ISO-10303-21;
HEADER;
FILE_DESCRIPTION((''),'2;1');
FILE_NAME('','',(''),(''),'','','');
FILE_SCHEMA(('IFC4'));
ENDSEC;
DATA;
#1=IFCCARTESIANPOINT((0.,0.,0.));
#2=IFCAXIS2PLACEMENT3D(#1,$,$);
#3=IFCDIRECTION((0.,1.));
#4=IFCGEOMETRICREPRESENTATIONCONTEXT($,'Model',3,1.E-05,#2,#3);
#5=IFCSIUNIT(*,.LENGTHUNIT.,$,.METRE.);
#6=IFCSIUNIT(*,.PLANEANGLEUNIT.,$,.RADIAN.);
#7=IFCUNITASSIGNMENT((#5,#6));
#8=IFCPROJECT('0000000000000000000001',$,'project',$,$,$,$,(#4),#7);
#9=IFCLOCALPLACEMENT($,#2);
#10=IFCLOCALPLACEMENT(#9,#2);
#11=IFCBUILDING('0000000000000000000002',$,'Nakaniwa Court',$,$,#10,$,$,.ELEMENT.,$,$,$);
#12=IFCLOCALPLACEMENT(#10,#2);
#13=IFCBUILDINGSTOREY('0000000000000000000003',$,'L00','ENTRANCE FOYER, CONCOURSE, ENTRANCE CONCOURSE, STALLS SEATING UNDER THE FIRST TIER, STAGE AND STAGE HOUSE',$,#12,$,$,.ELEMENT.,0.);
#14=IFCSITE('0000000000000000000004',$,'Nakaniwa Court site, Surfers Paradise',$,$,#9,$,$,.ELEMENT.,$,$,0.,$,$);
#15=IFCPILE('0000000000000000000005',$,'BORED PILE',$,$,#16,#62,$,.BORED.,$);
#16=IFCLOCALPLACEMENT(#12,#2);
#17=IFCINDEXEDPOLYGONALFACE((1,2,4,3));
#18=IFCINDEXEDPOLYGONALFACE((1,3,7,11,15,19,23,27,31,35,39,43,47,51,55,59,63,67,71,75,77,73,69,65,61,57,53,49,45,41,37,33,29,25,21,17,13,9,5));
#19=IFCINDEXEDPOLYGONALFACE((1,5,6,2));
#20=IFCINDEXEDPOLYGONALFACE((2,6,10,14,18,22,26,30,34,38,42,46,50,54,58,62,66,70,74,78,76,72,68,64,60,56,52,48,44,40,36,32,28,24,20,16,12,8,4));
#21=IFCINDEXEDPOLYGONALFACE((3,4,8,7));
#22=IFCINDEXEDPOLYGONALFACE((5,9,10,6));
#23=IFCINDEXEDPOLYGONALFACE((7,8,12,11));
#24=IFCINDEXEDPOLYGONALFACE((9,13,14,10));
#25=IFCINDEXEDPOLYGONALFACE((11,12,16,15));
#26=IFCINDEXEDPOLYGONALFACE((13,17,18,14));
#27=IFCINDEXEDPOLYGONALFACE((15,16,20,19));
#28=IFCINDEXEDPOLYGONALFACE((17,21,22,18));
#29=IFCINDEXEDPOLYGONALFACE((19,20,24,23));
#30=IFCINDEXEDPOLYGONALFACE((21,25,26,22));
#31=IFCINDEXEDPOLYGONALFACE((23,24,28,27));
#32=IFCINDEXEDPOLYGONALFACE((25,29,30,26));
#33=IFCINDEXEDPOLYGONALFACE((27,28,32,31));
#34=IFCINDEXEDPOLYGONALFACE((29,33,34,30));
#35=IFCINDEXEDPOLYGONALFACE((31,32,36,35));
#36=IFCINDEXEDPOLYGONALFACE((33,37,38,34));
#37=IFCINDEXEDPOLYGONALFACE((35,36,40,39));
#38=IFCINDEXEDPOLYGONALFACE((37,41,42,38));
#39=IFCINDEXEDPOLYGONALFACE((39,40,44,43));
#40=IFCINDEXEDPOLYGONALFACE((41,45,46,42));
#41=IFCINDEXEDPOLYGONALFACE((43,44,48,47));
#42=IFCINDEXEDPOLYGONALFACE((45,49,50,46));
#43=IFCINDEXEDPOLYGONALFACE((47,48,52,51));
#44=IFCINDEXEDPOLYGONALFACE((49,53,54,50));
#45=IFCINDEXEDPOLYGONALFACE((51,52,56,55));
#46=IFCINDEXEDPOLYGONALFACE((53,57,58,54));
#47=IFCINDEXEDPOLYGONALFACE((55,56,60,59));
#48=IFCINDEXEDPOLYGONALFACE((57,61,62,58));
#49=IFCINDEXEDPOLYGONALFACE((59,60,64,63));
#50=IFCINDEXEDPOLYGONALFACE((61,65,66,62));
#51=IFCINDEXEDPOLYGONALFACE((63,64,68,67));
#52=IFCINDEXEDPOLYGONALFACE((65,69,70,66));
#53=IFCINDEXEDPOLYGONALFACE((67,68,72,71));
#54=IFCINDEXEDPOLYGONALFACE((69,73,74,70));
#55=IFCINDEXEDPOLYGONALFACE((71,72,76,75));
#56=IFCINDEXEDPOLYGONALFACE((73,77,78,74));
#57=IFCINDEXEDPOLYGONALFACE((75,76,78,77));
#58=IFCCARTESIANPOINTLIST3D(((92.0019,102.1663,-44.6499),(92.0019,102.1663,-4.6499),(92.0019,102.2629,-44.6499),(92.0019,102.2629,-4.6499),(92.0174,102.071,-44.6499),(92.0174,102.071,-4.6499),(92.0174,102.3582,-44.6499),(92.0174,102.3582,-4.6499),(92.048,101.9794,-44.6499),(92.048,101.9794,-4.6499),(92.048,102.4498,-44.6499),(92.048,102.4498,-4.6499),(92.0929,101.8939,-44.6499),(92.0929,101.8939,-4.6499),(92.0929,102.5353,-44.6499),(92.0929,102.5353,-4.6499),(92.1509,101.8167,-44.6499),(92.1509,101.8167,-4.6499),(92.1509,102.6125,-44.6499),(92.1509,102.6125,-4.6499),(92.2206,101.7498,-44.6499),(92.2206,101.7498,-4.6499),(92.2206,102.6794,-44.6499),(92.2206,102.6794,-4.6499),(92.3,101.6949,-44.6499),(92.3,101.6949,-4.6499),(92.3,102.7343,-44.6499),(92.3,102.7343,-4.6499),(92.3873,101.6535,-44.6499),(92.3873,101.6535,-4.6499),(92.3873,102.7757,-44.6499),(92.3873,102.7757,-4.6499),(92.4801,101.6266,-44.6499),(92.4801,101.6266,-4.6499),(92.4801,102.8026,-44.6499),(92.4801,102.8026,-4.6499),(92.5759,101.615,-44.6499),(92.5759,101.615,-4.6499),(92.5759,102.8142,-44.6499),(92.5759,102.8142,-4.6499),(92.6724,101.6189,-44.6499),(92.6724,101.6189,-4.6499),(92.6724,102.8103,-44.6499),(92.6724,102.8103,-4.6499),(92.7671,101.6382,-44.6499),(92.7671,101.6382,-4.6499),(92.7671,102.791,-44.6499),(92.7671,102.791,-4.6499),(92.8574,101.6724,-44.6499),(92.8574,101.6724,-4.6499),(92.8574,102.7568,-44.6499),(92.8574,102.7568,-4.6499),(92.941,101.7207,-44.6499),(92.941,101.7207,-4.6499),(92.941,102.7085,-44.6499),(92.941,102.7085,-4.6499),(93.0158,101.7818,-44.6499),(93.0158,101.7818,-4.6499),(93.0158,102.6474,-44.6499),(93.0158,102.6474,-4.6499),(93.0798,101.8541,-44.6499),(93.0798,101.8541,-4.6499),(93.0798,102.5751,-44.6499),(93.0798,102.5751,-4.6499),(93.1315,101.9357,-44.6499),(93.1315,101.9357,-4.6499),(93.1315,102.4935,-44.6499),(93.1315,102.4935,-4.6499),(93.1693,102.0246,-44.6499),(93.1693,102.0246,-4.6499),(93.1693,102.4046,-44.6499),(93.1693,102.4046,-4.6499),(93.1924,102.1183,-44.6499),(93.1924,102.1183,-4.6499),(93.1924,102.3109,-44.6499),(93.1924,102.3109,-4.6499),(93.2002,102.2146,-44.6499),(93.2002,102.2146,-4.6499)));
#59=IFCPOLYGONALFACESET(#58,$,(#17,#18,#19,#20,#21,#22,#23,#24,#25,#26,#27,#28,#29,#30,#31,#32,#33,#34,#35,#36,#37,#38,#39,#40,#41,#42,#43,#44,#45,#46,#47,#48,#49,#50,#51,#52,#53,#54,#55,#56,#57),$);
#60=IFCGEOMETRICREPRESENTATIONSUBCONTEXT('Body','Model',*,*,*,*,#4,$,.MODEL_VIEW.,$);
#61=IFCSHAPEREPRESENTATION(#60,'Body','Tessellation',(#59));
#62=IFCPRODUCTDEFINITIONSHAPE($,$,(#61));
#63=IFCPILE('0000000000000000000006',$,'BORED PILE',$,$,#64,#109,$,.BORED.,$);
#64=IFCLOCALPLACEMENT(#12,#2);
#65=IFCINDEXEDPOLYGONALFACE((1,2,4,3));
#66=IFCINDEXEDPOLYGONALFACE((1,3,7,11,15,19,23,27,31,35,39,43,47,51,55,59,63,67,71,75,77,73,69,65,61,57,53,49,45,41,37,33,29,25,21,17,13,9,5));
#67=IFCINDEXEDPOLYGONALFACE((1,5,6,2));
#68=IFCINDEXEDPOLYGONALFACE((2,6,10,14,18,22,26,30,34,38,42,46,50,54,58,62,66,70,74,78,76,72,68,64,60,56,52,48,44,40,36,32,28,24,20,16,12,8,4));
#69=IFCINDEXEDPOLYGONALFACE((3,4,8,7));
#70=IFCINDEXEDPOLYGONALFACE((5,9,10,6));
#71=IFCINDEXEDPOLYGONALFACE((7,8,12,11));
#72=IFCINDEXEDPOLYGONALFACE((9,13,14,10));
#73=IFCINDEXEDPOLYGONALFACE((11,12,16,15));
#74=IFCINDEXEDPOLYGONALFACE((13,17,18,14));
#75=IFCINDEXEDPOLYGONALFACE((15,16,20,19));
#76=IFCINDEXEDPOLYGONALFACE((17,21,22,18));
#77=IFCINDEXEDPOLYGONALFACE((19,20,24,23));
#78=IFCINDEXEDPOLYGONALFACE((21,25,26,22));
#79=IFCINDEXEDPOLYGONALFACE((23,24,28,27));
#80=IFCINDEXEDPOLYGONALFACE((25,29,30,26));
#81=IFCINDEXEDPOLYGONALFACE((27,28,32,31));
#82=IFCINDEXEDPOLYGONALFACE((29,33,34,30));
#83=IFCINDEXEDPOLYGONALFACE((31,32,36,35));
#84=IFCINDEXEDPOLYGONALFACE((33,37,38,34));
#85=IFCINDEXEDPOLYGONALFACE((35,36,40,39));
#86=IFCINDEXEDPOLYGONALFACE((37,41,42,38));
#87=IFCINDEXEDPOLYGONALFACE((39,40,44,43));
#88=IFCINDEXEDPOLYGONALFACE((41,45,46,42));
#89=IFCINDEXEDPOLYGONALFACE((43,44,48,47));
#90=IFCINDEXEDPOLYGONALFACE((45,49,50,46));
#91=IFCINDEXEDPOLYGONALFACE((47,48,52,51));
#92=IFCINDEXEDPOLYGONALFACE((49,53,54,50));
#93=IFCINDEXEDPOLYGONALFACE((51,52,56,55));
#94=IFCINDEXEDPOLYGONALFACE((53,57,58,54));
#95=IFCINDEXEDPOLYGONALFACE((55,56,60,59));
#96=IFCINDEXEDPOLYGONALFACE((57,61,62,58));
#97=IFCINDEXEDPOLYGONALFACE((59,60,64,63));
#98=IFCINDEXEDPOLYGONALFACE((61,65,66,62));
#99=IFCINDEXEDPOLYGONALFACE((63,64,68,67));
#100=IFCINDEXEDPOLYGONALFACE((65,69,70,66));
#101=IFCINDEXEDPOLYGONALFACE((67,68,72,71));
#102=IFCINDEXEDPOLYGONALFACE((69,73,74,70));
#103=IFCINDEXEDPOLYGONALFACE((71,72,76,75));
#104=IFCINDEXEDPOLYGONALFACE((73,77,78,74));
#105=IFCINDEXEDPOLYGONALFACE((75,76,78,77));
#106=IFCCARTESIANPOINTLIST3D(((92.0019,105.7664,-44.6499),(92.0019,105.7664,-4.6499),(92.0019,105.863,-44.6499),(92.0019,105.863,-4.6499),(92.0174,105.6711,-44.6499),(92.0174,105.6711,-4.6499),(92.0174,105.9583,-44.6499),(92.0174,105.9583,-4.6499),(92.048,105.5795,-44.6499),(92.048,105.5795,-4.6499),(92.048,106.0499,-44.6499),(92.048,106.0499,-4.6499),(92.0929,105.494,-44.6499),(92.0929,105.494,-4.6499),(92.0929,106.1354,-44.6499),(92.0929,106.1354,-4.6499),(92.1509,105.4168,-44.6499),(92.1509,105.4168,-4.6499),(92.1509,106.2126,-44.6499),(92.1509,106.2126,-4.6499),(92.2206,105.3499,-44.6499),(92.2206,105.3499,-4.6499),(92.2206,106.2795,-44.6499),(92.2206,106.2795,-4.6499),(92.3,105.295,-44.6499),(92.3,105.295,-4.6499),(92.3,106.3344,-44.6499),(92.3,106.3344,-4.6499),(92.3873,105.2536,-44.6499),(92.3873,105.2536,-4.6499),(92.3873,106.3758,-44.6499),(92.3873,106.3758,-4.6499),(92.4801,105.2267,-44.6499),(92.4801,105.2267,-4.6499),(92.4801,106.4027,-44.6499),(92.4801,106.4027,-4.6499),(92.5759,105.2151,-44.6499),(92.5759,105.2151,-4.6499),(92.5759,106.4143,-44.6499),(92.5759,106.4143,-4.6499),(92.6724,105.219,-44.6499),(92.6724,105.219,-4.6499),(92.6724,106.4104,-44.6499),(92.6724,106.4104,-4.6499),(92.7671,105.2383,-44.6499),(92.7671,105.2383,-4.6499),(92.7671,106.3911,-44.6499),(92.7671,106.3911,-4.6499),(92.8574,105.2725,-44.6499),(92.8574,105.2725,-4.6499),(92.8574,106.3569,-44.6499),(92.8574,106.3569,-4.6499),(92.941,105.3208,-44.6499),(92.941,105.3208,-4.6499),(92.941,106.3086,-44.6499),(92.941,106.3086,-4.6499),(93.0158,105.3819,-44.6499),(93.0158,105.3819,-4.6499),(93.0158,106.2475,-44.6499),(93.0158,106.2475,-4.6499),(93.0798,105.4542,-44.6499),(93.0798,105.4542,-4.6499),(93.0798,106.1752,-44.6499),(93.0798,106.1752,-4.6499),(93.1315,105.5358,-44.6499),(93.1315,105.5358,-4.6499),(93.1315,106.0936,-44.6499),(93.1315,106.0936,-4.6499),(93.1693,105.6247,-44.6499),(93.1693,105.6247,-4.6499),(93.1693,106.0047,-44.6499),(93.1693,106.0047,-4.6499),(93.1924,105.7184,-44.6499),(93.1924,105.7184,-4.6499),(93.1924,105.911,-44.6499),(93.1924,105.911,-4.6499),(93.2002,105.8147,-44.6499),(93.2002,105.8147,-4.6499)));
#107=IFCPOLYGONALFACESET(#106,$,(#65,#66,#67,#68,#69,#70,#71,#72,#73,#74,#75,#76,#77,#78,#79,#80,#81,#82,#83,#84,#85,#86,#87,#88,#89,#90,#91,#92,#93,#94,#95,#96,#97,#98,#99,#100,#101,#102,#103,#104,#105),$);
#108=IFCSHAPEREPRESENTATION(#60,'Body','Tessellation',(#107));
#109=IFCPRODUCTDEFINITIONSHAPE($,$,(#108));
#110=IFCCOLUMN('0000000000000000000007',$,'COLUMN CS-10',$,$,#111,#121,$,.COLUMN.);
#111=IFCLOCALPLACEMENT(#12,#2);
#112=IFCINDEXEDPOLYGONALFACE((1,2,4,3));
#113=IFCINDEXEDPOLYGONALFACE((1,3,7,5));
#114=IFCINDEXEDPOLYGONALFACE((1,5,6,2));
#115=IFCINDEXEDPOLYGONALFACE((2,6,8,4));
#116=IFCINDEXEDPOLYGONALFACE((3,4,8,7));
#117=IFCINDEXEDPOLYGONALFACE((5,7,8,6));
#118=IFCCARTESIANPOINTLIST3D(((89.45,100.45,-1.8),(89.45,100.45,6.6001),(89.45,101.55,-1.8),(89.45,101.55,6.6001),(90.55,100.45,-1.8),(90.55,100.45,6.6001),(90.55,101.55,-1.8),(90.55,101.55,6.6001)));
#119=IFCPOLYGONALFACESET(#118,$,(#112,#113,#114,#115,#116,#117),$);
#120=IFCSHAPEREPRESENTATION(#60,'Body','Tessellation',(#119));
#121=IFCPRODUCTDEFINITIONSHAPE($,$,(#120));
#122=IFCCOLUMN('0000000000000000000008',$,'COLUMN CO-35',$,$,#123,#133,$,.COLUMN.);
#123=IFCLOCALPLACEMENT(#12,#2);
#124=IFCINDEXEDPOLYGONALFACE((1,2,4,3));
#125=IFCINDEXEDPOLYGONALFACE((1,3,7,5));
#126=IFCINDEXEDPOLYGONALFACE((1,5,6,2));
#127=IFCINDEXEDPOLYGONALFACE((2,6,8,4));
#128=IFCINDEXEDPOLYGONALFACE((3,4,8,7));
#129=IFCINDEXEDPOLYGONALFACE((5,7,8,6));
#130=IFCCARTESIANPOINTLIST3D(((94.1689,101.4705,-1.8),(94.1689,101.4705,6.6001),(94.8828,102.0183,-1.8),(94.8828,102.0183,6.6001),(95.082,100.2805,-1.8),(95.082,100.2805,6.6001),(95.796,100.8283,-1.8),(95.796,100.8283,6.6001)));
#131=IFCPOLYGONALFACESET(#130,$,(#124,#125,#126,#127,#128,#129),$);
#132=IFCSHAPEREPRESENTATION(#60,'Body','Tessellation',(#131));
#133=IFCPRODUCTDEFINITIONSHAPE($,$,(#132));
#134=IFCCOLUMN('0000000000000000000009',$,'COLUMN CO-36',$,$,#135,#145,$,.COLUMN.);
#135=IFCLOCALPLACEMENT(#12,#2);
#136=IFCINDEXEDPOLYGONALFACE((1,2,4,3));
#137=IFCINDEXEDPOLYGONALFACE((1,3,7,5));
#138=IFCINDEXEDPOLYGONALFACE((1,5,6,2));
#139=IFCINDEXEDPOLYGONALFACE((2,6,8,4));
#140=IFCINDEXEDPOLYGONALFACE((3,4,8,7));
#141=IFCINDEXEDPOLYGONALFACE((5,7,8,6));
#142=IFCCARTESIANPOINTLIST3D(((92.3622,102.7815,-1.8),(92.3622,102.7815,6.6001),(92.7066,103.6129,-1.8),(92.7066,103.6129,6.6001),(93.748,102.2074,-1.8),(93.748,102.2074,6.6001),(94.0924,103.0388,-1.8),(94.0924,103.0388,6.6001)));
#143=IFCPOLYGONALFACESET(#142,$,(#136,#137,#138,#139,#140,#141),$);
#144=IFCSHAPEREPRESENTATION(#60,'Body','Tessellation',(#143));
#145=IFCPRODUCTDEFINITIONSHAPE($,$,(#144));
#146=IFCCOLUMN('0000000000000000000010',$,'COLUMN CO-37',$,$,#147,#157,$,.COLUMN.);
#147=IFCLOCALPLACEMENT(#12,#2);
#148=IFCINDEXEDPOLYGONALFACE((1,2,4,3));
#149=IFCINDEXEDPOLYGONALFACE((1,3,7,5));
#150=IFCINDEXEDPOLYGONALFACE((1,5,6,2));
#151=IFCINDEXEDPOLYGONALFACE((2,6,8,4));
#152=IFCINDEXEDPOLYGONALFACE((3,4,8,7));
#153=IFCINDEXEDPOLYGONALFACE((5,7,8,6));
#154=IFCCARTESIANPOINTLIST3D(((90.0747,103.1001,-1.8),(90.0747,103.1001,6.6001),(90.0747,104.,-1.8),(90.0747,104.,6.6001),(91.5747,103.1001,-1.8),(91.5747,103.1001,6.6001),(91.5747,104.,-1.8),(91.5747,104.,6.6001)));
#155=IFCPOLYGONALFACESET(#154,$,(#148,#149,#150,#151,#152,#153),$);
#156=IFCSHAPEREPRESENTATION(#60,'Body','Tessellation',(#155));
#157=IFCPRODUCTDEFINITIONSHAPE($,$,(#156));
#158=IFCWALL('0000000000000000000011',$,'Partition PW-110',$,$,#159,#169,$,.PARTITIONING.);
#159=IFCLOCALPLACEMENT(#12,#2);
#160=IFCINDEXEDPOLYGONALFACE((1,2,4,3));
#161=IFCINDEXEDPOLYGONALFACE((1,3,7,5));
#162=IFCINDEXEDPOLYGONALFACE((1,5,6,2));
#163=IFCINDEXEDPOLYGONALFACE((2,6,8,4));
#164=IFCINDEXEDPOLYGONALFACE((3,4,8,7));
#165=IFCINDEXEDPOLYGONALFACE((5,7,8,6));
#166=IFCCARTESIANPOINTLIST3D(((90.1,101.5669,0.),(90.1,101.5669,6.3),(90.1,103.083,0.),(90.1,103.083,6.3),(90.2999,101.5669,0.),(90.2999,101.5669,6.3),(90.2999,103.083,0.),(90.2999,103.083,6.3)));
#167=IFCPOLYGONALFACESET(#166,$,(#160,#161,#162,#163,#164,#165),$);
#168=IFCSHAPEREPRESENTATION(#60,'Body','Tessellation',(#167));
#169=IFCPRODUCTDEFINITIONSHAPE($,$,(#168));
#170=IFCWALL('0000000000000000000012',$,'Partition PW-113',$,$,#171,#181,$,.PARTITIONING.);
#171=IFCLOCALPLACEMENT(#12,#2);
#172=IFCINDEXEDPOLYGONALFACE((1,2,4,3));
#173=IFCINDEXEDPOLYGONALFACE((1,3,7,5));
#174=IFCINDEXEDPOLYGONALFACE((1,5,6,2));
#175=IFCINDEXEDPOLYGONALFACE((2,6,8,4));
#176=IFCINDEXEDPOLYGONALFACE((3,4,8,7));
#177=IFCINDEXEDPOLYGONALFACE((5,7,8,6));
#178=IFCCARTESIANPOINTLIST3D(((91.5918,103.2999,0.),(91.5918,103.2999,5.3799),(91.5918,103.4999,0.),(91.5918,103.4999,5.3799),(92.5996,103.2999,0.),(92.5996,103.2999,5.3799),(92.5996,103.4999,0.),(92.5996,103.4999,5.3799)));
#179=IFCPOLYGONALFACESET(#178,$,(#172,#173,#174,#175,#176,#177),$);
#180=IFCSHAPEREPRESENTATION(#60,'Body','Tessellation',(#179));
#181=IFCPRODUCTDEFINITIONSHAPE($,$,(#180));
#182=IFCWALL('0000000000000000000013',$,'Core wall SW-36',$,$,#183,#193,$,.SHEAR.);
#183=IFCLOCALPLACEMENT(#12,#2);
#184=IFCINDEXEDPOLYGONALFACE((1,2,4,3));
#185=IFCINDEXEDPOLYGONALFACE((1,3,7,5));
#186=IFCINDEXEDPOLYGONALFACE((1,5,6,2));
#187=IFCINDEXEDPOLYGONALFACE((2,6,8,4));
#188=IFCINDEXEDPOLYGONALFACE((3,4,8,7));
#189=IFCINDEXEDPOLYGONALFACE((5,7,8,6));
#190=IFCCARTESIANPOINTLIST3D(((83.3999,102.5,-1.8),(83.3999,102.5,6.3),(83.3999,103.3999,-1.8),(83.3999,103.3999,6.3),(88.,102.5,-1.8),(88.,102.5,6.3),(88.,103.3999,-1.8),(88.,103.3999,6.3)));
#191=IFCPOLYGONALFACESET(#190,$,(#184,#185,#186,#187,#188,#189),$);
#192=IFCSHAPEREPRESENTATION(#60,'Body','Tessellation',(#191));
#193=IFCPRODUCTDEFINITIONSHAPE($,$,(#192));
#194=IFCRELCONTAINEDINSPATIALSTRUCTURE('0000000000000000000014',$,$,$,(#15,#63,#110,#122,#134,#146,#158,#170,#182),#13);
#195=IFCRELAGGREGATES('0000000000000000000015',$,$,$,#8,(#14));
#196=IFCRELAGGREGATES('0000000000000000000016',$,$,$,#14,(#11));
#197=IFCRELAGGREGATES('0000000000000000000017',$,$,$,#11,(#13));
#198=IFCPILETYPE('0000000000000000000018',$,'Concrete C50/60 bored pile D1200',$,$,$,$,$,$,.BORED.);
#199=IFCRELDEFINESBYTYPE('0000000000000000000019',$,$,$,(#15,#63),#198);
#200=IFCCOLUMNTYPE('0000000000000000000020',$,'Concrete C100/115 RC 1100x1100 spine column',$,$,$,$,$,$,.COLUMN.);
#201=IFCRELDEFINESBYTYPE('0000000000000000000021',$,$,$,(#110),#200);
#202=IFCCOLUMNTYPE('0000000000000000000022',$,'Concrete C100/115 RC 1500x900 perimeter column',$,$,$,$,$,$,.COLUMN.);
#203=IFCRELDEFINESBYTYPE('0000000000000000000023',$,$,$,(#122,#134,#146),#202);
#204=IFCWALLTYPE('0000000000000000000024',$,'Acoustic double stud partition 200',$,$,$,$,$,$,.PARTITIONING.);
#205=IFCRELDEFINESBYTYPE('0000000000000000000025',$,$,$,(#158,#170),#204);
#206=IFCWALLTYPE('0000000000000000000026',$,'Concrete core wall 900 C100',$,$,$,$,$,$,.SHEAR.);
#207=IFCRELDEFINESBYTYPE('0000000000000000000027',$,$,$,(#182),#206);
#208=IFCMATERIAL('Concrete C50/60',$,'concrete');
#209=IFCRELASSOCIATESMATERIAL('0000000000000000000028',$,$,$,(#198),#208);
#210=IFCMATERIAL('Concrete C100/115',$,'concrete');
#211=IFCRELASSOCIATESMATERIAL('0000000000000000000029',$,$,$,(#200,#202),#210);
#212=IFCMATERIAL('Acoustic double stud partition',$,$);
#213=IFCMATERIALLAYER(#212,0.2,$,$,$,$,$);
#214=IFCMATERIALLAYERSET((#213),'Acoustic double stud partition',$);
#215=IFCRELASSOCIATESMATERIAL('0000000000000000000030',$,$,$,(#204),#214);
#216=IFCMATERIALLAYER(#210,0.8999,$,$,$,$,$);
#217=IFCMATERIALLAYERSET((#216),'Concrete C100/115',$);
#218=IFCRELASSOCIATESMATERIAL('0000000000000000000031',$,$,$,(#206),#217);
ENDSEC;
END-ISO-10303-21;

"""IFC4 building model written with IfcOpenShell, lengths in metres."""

from ifc_helpers import new_model, si_unit, direction, frame, frame_2d, origin, origin_2d, place, context, subcontext, project, spatial, rectangle, circle, extrude, material, layer, layer_set, material_profile, profile_set, type_object, element, save


model = new_model("IFC4")

# Units and contexts
model_context = context("Model", 3, precision=1e-05, world=origin(), true_north=direction((0.0, 1.0)))
body_context = subcontext(model_context, "Body", "Model", "MODEL_VIEW")
ifc_project = project(units=[si_unit("LENGTHUNIT", "METRE"), si_unit("PLANEANGLEUNIT", "RADIAN")], contexts=[model_context])

# Site, building, storey
site_placement = place(None, origin())
site = spatial("IfcSite", under=ifc_project, at=site_placement, Name="Nakaniwa Court site, Surfers Paradise", CompositionType="ELEMENT", RefElevation=0.0)
building_placement = place(site_placement, origin())
building = spatial("IfcBuilding", under=site, at=building_placement, Name="Nakaniwa Court", CompositionType="ELEMENT")
storey_placement = place(building_placement, origin())
storey = spatial("IfcBuildingStorey", under=building, at=storey_placement, Name="L00", Description="ENTRANCE FOYER, CONCOURSE, ENTRANCE CONCOURSE, STALLS SEATING UNDER THE FIRST TIER, STAGE AND STAGE HOUSE", CompositionType="ELEMENT", Elevation=0.0)

# Piles
ifc_material_1 = material(Name="Concrete C50/60", Category="concrete")
ifc_material_profile_1 = material_profile(ifc_material_1, circle(Radius=0.6001, at=origin_2d()), Name="Concrete C50/60 bored pile D1200")
ifc_profile_set_1 = profile_set([ifc_material_profile_1], Name="Concrete C50/60")
pile_type = type_object("IfcPileType", Name="Concrete C50/60 bored pile D1200", PredefinedType="BORED", material=ifc_profile_set_1)
for number, where, z_axis, x_axis, name in (
    (1, (92.6001, 102.2146, -4.6499), (0.0, 0.0, -1.0), (1.0, 0.0, 0.0), "BORED PILE"),
    (2, (92.6001, 105.8147, -4.6499), (0.0, 0.0, -1.0), (1.0, 0.0, 0.0), "BORED PILE"),
):
    element("IfcPile", number, at=place(storey_placement, frame(where, z_axis=z_axis, x_axis=x_axis)), inside=storey, type_object=pile_type, Name=name, PredefinedType="BORED", context=body_context, shape_type="SweptSolid", body=[
        extrude(circle(Radius=0.6001, at=origin_2d()), origin(), (0.0, 0.0, 1.0), 40.0),
    ])

# Columns
ifc_material_2 = material(Name="Concrete C100/115", Category="concrete")
ifc_material_profile_2 = material_profile(ifc_material_2, rectangle(XDim=1.1001, YDim=1.1001, at=origin_2d()), Name="Concrete C100/115 RC 1100x1100 spine column")
ifc_profile_set_2 = profile_set([ifc_material_profile_2], Name="Concrete C100/115")
column_type_1 = type_object("IfcColumnType", Name="Concrete C100/115 RC 1100x1100 spine column", PredefinedType="COLUMN", material=ifc_profile_set_2)
column_placement = place(storey_placement, frame((90.0, 101.0, -1.8), z_axis=(0.0, 0.0, 1.0), x_axis=(0.0, 1.0, 0.0)))
element("IfcColumn", 3, at=column_placement, inside=storey, type_object=column_type_1, Name="COLUMN CS-10", PredefinedType="COLUMN", context=body_context, shape_type="SweptSolid", body=[
    extrude(rectangle(XDim=1.1001, YDim=1.1001, at=origin_2d()), origin(), (0.0, 0.0, 1.0), 8.4001),
])
ifc_material_profile_3 = material_profile(ifc_material_2, rectangle(XDim=1.5, YDim=0.8999, at=origin_2d()), Name="Concrete C100/115 RC 1500x900 perimeter column")
ifc_profile_set_3 = profile_set([ifc_material_profile_3], Name="Concrete C100/115")
column_type_2 = type_object("IfcColumnType", Name="Concrete C100/115 RC 1500x900 perimeter column", PredefinedType="COLUMN", material=ifc_profile_set_3)
for number, where, z_axis, x_axis, name in (
    (4, (94.9824, 101.1494, -1.8), (0.0, 0.0, 1.0), (-0.608761, 0.793353, 0.0), "COLUMN CO-35"),
    (5, (93.2273, 102.9102, -1.8), (0.0, 0.0, 1.0), (-0.92388, 0.382683, 0.0), "COLUMN CO-36"),
    (6, (90.8247, 103.55, -1.8), (0.0, 0.0, 1.0), (-1.0, 0.0, 0.0), "COLUMN CO-37"),
):
    element("IfcColumn", number, at=place(storey_placement, frame(where, z_axis=z_axis, x_axis=x_axis)), inside=storey, type_object=column_type_2, Name=name, PredefinedType="COLUMN", context=body_context, shape_type="SweptSolid", body=[
        extrude(rectangle(XDim=1.5, YDim=0.8999, at=origin_2d()), origin(), (0.0, 0.0, 1.0), 8.4001),
    ])

# Walls
ifc_material_3 = material(Name="Acoustic double stud partition")
ifc_layer_1 = layer(ifc_material_3, 0.2)
ifc_layer_set_1 = layer_set([ifc_layer_1], Name="Acoustic double stud partition")
wall_type_1 = type_object("IfcWallType", Name="Acoustic double stud partition 200", PredefinedType="PARTITIONING", material=ifc_layer_set_1)
wall_1_placement = place(storey_placement, frame((90.2, 101.5669, 0.0), z_axis=(0.0, 0.0, 1.0), x_axis=(0.0, 1.0, 0.0)))
element("IfcWall", 7, at=wall_1_placement, inside=storey, type_object=wall_type_1, Name="Partition PW-110", PredefinedType="PARTITIONING", context=body_context, shape_type="SweptSolid", body=[
    extrude(rectangle(XDim=1.5161, YDim=0.2, at=frame_2d((0.7581, 0.0))), origin(), (0.0, 0.0, 1.0), 6.3),
])
wall_2_placement = place(storey_placement, frame((91.5918, 103.3999, 0.0), z_axis=(0.0, 0.0, 1.0), x_axis=(1.0, 0.0, 0.0)))
element("IfcWall", 8, at=wall_2_placement, inside=storey, type_object=wall_type_1, Name="Partition PW-113", PredefinedType="PARTITIONING", context=body_context, shape_type="SweptSolid", body=[
    extrude(rectangle(XDim=1.0078, YDim=0.2, at=frame_2d((0.5039, 0.0))), origin(), (0.0, 0.0, 1.0), 5.3799),
])
ifc_layer_2 = layer(ifc_material_2, 0.8999)
ifc_layer_set_2 = layer_set([ifc_layer_2], Name="Concrete C100/115")
wall_type_2 = type_object("IfcWallType", Name="Concrete core wall 900 C100", PredefinedType="SHEAR", material=ifc_layer_set_2)
wall_3_placement = place(storey_placement, frame((83.3999, 102.95, -1.8), z_axis=(0.0, 0.0, 1.0), x_axis=(1.0, 0.0, 0.0)))
element("IfcWall", 9, at=wall_3_placement, inside=storey, type_object=wall_type_2, Name="Core wall SW-36", PredefinedType="SHEAR", context=body_context, shape_type="SweptSolid", body=[
    extrude(rectangle(XDim=4.6001, YDim=0.8999, at=frame_2d((2.3, 0.0))), origin(), (0.0, 0.0, 1.0), 8.1001),
])

save(model, "model.ifc")
